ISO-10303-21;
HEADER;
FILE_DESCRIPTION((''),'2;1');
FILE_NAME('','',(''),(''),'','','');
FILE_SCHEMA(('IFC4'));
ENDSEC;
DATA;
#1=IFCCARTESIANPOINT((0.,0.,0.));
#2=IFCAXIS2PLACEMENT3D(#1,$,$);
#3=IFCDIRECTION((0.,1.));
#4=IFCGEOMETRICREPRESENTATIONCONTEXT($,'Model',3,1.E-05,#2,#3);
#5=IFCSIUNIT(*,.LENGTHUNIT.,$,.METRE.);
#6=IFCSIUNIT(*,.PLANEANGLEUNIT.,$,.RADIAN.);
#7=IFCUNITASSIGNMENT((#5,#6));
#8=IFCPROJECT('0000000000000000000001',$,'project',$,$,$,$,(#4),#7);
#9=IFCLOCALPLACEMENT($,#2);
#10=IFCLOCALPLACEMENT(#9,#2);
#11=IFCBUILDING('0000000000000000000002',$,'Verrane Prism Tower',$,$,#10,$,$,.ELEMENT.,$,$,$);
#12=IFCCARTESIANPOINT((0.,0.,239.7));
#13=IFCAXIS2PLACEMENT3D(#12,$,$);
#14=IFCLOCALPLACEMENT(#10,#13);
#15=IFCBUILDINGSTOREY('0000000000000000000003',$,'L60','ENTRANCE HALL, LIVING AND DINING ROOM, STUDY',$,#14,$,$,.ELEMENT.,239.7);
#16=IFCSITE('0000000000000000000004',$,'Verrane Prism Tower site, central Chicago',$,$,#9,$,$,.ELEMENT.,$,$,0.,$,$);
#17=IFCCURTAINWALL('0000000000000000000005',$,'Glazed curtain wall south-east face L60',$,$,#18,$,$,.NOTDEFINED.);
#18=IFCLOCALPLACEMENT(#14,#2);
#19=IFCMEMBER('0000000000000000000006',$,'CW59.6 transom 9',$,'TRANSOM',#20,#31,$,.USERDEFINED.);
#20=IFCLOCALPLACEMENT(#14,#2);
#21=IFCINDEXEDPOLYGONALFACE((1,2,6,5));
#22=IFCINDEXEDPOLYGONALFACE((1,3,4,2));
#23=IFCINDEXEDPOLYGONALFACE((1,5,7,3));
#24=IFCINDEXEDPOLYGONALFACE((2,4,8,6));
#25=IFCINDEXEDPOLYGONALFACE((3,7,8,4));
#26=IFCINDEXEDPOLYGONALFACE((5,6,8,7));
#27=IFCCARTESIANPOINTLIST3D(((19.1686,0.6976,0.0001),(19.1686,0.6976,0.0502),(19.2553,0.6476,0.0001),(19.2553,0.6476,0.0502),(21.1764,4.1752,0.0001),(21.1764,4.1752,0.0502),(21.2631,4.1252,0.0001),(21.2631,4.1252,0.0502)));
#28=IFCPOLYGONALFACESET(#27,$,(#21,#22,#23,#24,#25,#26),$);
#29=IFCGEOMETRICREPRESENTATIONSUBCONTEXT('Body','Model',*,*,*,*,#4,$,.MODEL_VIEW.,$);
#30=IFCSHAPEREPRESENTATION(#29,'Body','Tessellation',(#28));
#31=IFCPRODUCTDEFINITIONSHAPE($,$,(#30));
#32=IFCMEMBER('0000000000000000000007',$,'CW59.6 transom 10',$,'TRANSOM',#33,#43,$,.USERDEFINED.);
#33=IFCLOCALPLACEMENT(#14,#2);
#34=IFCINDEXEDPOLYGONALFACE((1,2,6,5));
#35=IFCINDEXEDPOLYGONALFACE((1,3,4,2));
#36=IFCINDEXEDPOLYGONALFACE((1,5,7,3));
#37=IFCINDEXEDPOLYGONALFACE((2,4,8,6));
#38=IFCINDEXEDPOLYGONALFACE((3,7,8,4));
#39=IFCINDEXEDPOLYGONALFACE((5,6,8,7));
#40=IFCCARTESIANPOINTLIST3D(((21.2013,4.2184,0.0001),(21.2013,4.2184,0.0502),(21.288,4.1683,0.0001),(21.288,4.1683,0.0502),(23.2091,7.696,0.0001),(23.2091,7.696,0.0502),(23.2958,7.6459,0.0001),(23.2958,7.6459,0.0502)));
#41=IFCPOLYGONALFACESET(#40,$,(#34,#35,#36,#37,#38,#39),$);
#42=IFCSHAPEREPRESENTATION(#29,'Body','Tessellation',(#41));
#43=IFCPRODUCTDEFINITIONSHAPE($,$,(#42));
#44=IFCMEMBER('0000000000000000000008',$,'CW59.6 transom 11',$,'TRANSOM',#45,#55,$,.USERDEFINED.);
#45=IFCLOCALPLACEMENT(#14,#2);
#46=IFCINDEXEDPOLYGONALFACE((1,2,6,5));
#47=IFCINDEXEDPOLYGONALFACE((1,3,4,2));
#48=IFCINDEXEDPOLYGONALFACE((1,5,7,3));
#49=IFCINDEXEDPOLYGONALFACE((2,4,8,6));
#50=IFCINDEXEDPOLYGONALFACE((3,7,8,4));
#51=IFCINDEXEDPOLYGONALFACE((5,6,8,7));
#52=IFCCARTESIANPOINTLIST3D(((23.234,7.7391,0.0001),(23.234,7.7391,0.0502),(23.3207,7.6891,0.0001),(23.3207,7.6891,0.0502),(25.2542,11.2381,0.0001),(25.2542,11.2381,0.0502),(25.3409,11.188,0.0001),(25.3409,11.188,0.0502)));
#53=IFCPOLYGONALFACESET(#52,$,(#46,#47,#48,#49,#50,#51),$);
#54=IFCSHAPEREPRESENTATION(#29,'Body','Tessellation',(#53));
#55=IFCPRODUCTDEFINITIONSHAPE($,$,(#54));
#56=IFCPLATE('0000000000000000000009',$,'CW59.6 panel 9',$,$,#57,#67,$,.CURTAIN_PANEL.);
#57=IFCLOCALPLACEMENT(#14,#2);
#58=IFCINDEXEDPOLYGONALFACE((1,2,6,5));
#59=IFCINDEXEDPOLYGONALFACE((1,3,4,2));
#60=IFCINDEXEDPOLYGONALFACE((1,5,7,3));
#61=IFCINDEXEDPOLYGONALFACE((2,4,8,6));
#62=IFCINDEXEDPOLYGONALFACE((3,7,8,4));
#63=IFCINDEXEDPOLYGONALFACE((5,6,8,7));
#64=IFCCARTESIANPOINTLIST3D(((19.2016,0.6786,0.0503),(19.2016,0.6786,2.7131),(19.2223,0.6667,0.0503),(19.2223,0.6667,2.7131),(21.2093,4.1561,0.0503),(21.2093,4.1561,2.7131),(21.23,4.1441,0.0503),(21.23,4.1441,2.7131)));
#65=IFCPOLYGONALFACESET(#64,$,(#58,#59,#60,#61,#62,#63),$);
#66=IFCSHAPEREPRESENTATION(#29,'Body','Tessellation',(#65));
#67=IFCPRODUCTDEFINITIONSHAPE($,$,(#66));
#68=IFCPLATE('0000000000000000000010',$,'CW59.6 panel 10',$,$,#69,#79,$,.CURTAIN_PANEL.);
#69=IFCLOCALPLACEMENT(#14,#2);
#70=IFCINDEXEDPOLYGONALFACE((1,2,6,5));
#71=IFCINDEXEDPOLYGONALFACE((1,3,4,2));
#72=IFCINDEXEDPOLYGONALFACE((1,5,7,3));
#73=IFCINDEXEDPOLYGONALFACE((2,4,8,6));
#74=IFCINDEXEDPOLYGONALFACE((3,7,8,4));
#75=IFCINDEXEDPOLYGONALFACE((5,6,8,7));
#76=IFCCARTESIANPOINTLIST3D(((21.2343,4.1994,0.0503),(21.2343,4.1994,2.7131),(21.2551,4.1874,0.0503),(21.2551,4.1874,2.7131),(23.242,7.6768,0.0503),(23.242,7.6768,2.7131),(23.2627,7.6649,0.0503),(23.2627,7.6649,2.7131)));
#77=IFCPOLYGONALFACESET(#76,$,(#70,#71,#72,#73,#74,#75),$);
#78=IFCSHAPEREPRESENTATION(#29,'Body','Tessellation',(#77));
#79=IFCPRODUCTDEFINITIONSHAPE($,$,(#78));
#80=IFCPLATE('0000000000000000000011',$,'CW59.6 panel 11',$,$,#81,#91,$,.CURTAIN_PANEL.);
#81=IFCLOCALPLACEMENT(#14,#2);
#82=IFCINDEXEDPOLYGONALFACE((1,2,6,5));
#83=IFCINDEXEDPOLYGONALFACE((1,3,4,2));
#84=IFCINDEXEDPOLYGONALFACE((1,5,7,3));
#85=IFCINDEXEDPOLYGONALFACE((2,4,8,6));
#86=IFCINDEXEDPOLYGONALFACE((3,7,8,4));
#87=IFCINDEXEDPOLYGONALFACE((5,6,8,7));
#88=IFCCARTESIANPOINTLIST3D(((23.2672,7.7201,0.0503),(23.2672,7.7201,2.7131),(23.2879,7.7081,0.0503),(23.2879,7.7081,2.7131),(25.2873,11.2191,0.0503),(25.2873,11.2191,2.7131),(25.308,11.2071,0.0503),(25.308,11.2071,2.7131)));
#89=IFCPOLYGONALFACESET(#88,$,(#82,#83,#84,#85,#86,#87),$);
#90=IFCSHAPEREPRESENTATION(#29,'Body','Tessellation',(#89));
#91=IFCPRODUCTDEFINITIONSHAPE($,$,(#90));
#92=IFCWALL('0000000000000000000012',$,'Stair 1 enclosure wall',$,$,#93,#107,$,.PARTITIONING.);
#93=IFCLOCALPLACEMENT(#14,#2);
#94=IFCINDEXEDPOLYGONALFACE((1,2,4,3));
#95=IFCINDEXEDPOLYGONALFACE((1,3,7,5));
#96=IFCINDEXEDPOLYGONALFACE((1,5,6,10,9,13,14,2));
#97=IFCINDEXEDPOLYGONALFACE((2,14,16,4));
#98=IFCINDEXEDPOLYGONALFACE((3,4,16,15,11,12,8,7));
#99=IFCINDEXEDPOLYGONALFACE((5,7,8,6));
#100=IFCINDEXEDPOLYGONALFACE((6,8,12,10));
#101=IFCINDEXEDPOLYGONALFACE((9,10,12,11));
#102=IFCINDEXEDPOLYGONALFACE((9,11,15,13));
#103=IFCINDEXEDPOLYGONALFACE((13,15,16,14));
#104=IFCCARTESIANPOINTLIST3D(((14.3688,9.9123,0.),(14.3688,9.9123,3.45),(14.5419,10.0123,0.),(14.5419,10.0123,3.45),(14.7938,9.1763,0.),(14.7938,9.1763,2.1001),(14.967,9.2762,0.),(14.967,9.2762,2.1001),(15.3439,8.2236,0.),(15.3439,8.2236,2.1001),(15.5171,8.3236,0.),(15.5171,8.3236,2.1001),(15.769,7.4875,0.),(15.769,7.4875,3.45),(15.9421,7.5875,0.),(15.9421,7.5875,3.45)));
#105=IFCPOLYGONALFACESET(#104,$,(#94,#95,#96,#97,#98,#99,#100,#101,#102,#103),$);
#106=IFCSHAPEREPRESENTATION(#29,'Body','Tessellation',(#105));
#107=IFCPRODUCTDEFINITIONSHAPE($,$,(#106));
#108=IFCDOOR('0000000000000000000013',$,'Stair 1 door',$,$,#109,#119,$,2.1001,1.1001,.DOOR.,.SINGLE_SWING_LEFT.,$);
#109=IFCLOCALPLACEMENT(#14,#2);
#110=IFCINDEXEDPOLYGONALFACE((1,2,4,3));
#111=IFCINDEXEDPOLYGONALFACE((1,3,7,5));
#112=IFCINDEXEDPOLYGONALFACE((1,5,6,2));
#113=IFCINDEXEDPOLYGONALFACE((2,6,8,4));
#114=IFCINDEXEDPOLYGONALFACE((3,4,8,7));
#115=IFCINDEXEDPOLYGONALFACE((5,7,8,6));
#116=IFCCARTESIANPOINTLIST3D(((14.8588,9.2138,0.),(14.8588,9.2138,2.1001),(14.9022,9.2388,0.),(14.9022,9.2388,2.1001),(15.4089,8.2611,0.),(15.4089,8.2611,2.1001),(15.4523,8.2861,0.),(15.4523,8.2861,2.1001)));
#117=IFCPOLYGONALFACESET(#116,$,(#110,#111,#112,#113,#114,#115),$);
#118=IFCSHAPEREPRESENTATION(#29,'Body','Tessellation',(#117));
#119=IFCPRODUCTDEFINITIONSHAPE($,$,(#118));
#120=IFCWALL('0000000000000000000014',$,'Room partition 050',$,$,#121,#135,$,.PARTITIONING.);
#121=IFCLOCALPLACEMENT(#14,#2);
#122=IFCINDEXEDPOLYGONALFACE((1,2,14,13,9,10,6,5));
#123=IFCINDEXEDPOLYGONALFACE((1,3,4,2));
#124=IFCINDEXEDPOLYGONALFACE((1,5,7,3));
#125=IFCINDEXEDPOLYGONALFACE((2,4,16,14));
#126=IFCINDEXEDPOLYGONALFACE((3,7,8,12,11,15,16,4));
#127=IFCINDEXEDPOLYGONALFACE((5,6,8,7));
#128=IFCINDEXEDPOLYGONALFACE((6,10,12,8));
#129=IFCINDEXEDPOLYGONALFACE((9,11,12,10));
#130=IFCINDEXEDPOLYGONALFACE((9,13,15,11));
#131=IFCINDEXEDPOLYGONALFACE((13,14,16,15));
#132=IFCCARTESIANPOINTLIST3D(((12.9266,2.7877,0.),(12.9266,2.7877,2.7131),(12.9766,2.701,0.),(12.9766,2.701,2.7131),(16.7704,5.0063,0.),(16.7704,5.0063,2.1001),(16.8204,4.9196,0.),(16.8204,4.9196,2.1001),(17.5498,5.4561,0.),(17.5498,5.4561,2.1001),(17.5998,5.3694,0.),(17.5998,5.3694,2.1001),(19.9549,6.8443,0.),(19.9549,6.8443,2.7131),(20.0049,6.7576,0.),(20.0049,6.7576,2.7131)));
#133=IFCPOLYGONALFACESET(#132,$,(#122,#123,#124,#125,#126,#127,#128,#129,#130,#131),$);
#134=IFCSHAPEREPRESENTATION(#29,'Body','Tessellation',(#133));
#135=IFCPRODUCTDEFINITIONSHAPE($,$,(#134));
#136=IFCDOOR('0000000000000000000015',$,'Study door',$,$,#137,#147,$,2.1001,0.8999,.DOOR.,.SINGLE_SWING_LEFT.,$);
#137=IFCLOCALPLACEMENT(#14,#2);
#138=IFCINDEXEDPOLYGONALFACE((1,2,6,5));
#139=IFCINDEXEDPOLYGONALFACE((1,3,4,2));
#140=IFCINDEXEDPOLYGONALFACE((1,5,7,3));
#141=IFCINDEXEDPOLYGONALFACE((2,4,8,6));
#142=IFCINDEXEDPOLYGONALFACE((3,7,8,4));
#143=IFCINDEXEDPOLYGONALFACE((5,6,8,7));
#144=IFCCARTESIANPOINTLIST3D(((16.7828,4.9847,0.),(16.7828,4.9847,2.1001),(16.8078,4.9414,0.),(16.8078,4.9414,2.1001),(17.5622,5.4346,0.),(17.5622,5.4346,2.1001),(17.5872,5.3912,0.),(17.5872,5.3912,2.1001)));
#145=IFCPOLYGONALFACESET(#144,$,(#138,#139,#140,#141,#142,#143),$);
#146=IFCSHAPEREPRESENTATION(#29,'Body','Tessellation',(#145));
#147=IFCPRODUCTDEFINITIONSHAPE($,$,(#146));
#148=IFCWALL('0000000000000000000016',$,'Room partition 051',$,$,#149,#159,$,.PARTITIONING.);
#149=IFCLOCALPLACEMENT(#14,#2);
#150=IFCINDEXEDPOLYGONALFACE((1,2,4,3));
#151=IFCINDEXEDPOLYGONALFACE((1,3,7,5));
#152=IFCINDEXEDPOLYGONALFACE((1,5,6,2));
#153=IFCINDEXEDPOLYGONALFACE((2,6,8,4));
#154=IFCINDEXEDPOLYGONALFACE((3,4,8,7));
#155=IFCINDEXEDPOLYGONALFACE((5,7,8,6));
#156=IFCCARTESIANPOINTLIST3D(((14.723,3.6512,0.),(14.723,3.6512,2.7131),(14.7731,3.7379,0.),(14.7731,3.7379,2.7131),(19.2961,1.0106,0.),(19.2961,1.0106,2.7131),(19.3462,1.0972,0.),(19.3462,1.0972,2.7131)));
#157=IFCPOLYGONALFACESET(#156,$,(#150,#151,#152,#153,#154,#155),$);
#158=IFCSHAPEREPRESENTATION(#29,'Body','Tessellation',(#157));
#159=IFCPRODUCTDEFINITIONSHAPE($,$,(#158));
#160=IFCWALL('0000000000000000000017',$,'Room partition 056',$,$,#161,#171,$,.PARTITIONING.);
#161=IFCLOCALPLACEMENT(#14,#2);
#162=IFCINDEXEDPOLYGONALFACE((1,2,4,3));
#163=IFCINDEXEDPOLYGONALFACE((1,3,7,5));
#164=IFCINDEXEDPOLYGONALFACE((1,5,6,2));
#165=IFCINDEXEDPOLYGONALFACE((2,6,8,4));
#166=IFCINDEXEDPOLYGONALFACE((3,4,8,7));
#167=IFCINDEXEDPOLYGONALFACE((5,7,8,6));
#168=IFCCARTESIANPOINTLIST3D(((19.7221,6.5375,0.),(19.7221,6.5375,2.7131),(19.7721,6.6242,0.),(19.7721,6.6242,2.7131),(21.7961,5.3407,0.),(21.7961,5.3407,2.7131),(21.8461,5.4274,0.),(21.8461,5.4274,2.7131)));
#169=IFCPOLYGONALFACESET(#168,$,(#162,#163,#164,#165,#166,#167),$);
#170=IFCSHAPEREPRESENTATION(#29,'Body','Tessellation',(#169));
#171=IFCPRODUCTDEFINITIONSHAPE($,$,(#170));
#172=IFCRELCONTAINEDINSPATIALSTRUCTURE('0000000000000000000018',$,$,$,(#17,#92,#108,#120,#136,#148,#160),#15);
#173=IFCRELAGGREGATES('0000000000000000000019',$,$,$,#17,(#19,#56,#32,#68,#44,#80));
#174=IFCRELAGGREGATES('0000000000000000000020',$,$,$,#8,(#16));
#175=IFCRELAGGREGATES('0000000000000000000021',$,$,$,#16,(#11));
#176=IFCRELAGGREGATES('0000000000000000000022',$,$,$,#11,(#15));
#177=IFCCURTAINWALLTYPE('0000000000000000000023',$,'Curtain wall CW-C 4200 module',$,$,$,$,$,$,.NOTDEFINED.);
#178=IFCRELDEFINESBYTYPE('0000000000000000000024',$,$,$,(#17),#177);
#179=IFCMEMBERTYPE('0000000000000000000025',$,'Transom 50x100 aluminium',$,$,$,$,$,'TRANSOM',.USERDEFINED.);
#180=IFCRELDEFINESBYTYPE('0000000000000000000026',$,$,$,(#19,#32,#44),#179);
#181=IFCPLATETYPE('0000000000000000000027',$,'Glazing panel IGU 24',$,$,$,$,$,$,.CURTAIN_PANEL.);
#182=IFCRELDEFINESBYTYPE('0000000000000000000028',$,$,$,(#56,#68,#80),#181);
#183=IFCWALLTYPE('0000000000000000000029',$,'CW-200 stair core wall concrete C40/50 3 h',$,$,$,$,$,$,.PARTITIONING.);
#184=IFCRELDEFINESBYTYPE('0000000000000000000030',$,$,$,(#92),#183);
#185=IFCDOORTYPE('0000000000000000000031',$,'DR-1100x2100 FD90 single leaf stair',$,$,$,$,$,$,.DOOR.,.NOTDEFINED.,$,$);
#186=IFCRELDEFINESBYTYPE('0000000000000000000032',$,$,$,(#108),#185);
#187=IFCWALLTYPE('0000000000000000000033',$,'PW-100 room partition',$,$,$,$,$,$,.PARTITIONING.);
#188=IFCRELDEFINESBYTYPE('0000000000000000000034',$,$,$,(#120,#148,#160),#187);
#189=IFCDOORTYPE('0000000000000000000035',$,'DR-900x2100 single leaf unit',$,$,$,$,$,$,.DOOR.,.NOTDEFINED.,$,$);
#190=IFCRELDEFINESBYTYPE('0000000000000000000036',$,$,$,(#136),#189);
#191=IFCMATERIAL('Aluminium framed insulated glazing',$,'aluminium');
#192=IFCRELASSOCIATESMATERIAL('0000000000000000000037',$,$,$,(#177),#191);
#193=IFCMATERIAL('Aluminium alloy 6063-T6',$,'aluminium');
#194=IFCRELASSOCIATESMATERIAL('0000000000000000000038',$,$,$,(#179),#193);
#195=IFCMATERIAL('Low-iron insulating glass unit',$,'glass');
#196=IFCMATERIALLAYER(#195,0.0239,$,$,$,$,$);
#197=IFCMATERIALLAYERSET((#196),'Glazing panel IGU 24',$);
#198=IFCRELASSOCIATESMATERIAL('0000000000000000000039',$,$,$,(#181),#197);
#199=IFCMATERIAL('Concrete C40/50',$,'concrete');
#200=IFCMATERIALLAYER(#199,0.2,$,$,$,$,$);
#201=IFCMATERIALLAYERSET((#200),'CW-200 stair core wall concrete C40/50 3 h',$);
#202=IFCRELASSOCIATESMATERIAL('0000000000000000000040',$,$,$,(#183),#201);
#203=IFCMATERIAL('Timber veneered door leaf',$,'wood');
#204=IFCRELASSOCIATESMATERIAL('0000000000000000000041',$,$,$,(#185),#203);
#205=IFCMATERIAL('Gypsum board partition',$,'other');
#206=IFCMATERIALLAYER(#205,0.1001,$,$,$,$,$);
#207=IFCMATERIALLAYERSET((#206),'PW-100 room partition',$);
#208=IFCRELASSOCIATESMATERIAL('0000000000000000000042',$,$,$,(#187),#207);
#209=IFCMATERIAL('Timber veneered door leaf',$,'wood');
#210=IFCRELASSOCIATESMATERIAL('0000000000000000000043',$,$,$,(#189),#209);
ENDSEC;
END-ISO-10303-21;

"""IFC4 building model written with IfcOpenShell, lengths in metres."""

from ifc_helpers import new_model, si_unit, direction, frame, frame_2d, origin, origin_2d, place, context, subcontext, project, spatial, rectangle, extrude, material, layer, layer_set, material_profile, profile_set, type_object, element, fill, aggregate, save


model = new_model("IFC4")

# Units and contexts
model_context = context("Model", 3, precision=1e-05, world=origin(), true_north=direction((0.0, 1.0)))
body_context = subcontext(model_context, "Body", "Model", "MODEL_VIEW")
ifc_project = project(units=[si_unit("LENGTHUNIT", "METRE"), si_unit("PLANEANGLEUNIT", "RADIAN")], contexts=[model_context])

# Site, building, storey
site_placement = place(None, origin())
site = spatial("IfcSite", under=ifc_project, at=site_placement, Name="Verrane Prism Tower site, central Chicago", CompositionType="ELEMENT", RefElevation=0.0)
building_placement = place(site_placement, origin())
building = spatial("IfcBuilding", under=site, at=building_placement, Name="Verrane Prism Tower", CompositionType="ELEMENT")
storey_placement = place(building_placement, frame((0.0, 0.0, 239.7)))
storey = spatial("IfcBuildingStorey", under=building, at=storey_placement, Name="L60", Description="ENTRANCE HALL, LIVING AND DINING ROOM, STUDY", CompositionType="ELEMENT", Elevation=239.7)

# Curtain wall
ifc_material_1 = material(Name="Aluminium framed insulated glazing", Category="aluminium")
curtain_wall_type = type_object("IfcCurtainWallType", Name="Curtain wall CW-C 4200 module", PredefinedType="NOTDEFINED", material=ifc_material_1)
curtain_wall_placement = place(storey_placement, origin())
curtain_wall = element("IfcCurtainWall", 1, at=curtain_wall_placement, inside=storey, type_object=curtain_wall_type, Name="Glazed curtain wall south-east face L60", PredefinedType="NOTDEFINED")

# Members
ifc_material_2 = material(Name="Aluminium alloy 6063-T6", Category="aluminium")
ifc_material_profile_1 = material_profile(ifc_material_2, rectangle(XDim=0.1001, YDim=0.05, at=origin_2d()), Name="Transom 50x100 aluminium")
ifc_profile_set_1 = profile_set([ifc_material_profile_1], Name="Aluminium alloy 6063-T6")
member_type_1 = type_object("IfcMemberType", Name="Transom 50x100 aluminium", ElementType="TRANSOM", PredefinedType="USERDEFINED", material=ifc_profile_set_1)
member_1_placement = place(storey_placement, frame((19.2119, 0.6726, 0.0251), z_axis=(0.50001, 0.86602, 0.0), x_axis=(-0.86602, 0.50001, 0.0)))
member_1 = element("IfcMember", 2, at=member_1_placement, type_object=member_type_1, Name="CW59.6 transom 9", ObjectType="TRANSOM", PredefinedType="USERDEFINED", context=body_context, shape_type="SweptSolid", body=[
    extrude(rectangle(XDim=0.1001, YDim=0.05, at=origin_2d()), origin(), (0.0, 0.0, 1.0), 4.0156),
])
member_2_placement = place(storey_placement, frame((21.2446, 4.1934, 0.0251), z_axis=(0.50001, 0.86602, 0.0), x_axis=(-0.86602, 0.50001, 0.0)))
member_2 = element("IfcMember", 3, at=member_2_placement, type_object=member_type_1, Name="CW59.6 transom 10", ObjectType="TRANSOM", PredefinedType="USERDEFINED", context=body_context, shape_type="SweptSolid", body=[
    extrude(rectangle(XDim=0.1001, YDim=0.05, at=origin_2d()), origin(), (0.0, 0.0, 1.0), 4.0156),
])
member_3_placement = place(storey_placement, frame((23.2773, 7.7141, 0.0251), z_axis=(0.500019, 0.866015, 0.0), x_axis=(-0.866015, 0.500019, 0.0)))
member_3 = element("IfcMember", 4, at=member_3_placement, type_object=member_type_1, Name="CW59.6 transom 11", ObjectType="TRANSOM", PredefinedType="USERDEFINED", context=body_context, shape_type="SweptSolid", body=[
    extrude(rectangle(XDim=0.1001, YDim=0.05, at=origin_2d()), origin(), (0.0, 0.0, 1.0), 4.0403),
])

# Plates
ifc_material_3 = material(Name="Low-iron insulating glass unit", Category="glass")
ifc_layer_1 = layer(ifc_material_3, 0.0239)
ifc_layer_set_1 = layer_set([ifc_layer_1], Name="Glazing panel IGU 24")
plate_type = type_object("IfcPlateType", Name="Glazing panel IGU 24", PredefinedType="CURTAIN_PANEL", material=ifc_layer_set_1)
plate_1_placement = place(storey_placement, frame((20.2158, 2.4114, 0.0503), z_axis=(0.0, 0.0, 1.0), x_axis=(0.499999, 0.866026, 0.0)))
plate_1 = element("IfcPlate", 5, at=plate_1_placement, type_object=plate_type, Name="CW59.6 panel 9", PredefinedType="CURTAIN_PANEL", context=body_context, shape_type="SweptSolid", body=[
    extrude(rectangle(XDim=4.0154, YDim=0.0239, at=origin_2d()), origin(), (0.0, 0.0, 1.0), 2.6628),
])
plate_2_placement = place(storey_placement, frame((22.2485, 5.9321, 0.0503), z_axis=(0.0, 0.0, 1.0), x_axis=(0.499999, 0.866026, 0.0)))
plate_2 = element("IfcPlate", 6, at=plate_2_placement, type_object=plate_type, Name="CW59.6 panel 10", PredefinedType="CURTAIN_PANEL", context=body_context, shape_type="SweptSolid", body=[
    extrude(rectangle(XDim=4.0154, YDim=0.0239, at=origin_2d()), origin(), (0.0, 0.0, 1.0), 2.6628),
])
plate_3_placement = place(storey_placement, frame((24.2876, 9.4636, 0.0503), z_axis=(0.0, 0.0, 1.0), x_axis=(0.499999, 0.866026, 0.0)))
plate_3 = element("IfcPlate", 7, at=plate_3_placement, type_object=plate_type, Name="CW59.6 panel 11", PredefinedType="CURTAIN_PANEL", context=body_context, shape_type="SweptSolid", body=[
    extrude(rectangle(XDim=4.0403, YDim=0.0239, at=origin_2d()), origin(), (0.0, 0.0, 1.0), 2.6628),
])
aggregate(curtain_wall, [member_1, plate_1, member_2, plate_2, member_3, plate_3])

# Walls, openings, doors
ifc_material_4 = material(Name="Concrete C40/50", Category="concrete")
ifc_layer_2 = layer(ifc_material_4, 0.2)
ifc_layer_set_2 = layer_set([ifc_layer_2], Name="CW-200 stair core wall concrete C40/50 3 h")
wall_type_1 = type_object("IfcWallType", Name="CW-200 stair core wall concrete C40/50 3 h", PredefinedType="PARTITIONING", material=ifc_layer_set_2)
wall_1_placement = place(storey_placement, frame((15.8555, 7.5376, 0.0), z_axis=(0.0, 0.0, 1.0), x_axis=(-0.50005, 0.865997, 0.0)))
wall_1 = element("IfcWall", 8, at=wall_1_placement, inside=storey, type_object=wall_type_1, Name="Stair 1 enclosure wall", PredefinedType="PARTITIONING", context=body_context, shape_type="SweptSolid", body=[
    extrude(rectangle(XDim=2.8, YDim=0.2, at=frame_2d((1.3999, 0.0))), origin(), (0.0, 0.0, 1.0), 3.45),
])
opening_1_placement = place(wall_1_placement, frame((0.8499, 0.0, 0.0)))
opening_1 = element("IfcOpeningElement", 9, at=opening_1_placement, cuts=wall_1, PredefinedType="OPENING", context=body_context, shape_type="SweptSolid", body=[
    extrude(rectangle(XDim=1.1001, YDim=2.1001, at=frame_2d((0.55, 1.05))), frame((0.0, 0.1099, 0.0), z_axis=(0.0, -1.0, 0.0), x_axis=(1.0, 0.0, 0.0)), (0.0, 0.0, 1.0), 0.22),
])
ifc_material_5 = material(Name="Timber veneered door leaf", Category="wood")
door_type_1 = type_object("IfcDoorType", Name="DR-1100x2100 FD90 single leaf stair", OperationType="NOTDEFINED", PredefinedType="DOOR", material=ifc_material_5)
door_1_placement = place(opening_1_placement, origin())
door_1 = element("IfcDoor", 10, at=door_1_placement, inside=storey, type_object=door_type_1, Name="Stair 1 door", OperationType="SINGLE_SWING_LEFT", OverallHeight=2.1001, OverallWidth=1.1001, PredefinedType="DOOR", context=body_context, shape_type="SweptSolid", body=[
    extrude(rectangle(XDim=1.1001, YDim=2.1001, at=frame_2d((0.55, 1.05))), frame((0.0, 0.0249, 0.0), z_axis=(0.0, -1.0, 0.0), x_axis=(1.0, 0.0, 0.0)), (0.0, 0.0, 1.0), 0.05),
])
fill(opening_1, door_1)
ifc_material_6 = material(Name="Gypsum board partition", Category="other")
ifc_layer_3 = layer(ifc_material_6, 0.1001)
ifc_layer_set_3 = layer_set([ifc_layer_3], Name="PW-100 room partition")
wall_type_2 = type_object("IfcWallType", Name="PW-100 room partition", PredefinedType="PARTITIONING", material=ifc_layer_set_3)
wall_2_placement = place(storey_placement, frame((19.98, 6.801, 0.0), z_axis=(0.0, 0.0, 1.0), x_axis=(-0.866087, -0.499893, 0.0)))
wall_2 = element("IfcWall", 11, at=wall_2_placement, inside=storey, type_object=wall_type_2, Name="Room partition 050", PredefinedType="PARTITIONING", context=body_context, shape_type="SweptSolid", body=[
    extrude(rectangle(XDim=8.115, YDim=0.1001, at=frame_2d((4.0576, 0.0))), origin(), (0.0, 0.0, 1.0), 2.7131),
])
opening_2_placement = place(wall_2_placement, frame((2.7771, 0.0, 0.0)))
opening_2 = element("IfcOpeningElement", 12, at=opening_2_placement, cuts=wall_2, PredefinedType="OPENING", context=body_context, shape_type="SweptSolid", body=[
    extrude(rectangle(XDim=0.8999, YDim=2.1001, at=frame_2d((0.45, 1.05))), frame((0.0, 0.0601, 0.0), z_axis=(0.0, -1.0, 0.0), x_axis=(1.0, 0.0, 0.0)), (0.0, 0.0, 1.0), 0.1201),
])
ifc_material_7 = material(Name="Timber veneered door leaf", Category="wood")
door_type_2 = type_object("IfcDoorType", Name="DR-900x2100 single leaf unit", OperationType="NOTDEFINED", PredefinedType="DOOR", material=ifc_material_7)
door_2_placement = place(opening_2_placement, origin())
door_2 = element("IfcDoor", 13, at=door_2_placement, inside=storey, type_object=door_type_2, Name="Study door", OperationType="SINGLE_SWING_LEFT", OverallHeight=2.1001, OverallWidth=0.8999, PredefinedType="DOOR", context=body_context, shape_type="SweptSolid", body=[
    extrude(rectangle(XDim=0.8999, YDim=2.1001, at=frame_2d((0.45, 1.05))), frame((0.0, 0.0249, 0.0), z_axis=(0.0, -1.0, 0.0), x_axis=(1.0, 0.0, 0.0)), (0.0, 0.0, 1.0), 0.05),
])
fill(opening_2, door_2)

# Walls
wall_3_placement = place(storey_placement, frame((14.748, 3.6946, 0.0), z_axis=(0.0, 0.0, 1.0), x_axis=(0.865992, -0.500057, 0.0)))
element("IfcWall", 14, at=wall_3_placement, inside=storey, type_object=wall_type_2, Name="Room partition 051", PredefinedType="PARTITIONING", context=body_context, shape_type="SweptSolid", body=[
    extrude(rectangle(XDim=5.2808, YDim=0.1001, at=frame_2d((2.6404, 0.0))), origin(), (0.0, 0.0, 1.0), 2.7131),
])
wall_4_placement = place(storey_placement, frame((19.7471, 6.5808, 0.0), z_axis=(0.0, 0.0, 1.0), x_axis=(0.86614, -0.499802, 0.0)))
element("IfcWall", 15, at=wall_4_placement, inside=storey, type_object=wall_type_2, Name="Room partition 056", PredefinedType="PARTITIONING", context=body_context, shape_type="SweptSolid", body=[
    extrude(rectangle(XDim=2.3945, YDim=0.1001, at=frame_2d((1.1973, 0.0))), origin(), (0.0, 0.0, 1.0), 2.7131),
])

save(model, "model.ifc")
